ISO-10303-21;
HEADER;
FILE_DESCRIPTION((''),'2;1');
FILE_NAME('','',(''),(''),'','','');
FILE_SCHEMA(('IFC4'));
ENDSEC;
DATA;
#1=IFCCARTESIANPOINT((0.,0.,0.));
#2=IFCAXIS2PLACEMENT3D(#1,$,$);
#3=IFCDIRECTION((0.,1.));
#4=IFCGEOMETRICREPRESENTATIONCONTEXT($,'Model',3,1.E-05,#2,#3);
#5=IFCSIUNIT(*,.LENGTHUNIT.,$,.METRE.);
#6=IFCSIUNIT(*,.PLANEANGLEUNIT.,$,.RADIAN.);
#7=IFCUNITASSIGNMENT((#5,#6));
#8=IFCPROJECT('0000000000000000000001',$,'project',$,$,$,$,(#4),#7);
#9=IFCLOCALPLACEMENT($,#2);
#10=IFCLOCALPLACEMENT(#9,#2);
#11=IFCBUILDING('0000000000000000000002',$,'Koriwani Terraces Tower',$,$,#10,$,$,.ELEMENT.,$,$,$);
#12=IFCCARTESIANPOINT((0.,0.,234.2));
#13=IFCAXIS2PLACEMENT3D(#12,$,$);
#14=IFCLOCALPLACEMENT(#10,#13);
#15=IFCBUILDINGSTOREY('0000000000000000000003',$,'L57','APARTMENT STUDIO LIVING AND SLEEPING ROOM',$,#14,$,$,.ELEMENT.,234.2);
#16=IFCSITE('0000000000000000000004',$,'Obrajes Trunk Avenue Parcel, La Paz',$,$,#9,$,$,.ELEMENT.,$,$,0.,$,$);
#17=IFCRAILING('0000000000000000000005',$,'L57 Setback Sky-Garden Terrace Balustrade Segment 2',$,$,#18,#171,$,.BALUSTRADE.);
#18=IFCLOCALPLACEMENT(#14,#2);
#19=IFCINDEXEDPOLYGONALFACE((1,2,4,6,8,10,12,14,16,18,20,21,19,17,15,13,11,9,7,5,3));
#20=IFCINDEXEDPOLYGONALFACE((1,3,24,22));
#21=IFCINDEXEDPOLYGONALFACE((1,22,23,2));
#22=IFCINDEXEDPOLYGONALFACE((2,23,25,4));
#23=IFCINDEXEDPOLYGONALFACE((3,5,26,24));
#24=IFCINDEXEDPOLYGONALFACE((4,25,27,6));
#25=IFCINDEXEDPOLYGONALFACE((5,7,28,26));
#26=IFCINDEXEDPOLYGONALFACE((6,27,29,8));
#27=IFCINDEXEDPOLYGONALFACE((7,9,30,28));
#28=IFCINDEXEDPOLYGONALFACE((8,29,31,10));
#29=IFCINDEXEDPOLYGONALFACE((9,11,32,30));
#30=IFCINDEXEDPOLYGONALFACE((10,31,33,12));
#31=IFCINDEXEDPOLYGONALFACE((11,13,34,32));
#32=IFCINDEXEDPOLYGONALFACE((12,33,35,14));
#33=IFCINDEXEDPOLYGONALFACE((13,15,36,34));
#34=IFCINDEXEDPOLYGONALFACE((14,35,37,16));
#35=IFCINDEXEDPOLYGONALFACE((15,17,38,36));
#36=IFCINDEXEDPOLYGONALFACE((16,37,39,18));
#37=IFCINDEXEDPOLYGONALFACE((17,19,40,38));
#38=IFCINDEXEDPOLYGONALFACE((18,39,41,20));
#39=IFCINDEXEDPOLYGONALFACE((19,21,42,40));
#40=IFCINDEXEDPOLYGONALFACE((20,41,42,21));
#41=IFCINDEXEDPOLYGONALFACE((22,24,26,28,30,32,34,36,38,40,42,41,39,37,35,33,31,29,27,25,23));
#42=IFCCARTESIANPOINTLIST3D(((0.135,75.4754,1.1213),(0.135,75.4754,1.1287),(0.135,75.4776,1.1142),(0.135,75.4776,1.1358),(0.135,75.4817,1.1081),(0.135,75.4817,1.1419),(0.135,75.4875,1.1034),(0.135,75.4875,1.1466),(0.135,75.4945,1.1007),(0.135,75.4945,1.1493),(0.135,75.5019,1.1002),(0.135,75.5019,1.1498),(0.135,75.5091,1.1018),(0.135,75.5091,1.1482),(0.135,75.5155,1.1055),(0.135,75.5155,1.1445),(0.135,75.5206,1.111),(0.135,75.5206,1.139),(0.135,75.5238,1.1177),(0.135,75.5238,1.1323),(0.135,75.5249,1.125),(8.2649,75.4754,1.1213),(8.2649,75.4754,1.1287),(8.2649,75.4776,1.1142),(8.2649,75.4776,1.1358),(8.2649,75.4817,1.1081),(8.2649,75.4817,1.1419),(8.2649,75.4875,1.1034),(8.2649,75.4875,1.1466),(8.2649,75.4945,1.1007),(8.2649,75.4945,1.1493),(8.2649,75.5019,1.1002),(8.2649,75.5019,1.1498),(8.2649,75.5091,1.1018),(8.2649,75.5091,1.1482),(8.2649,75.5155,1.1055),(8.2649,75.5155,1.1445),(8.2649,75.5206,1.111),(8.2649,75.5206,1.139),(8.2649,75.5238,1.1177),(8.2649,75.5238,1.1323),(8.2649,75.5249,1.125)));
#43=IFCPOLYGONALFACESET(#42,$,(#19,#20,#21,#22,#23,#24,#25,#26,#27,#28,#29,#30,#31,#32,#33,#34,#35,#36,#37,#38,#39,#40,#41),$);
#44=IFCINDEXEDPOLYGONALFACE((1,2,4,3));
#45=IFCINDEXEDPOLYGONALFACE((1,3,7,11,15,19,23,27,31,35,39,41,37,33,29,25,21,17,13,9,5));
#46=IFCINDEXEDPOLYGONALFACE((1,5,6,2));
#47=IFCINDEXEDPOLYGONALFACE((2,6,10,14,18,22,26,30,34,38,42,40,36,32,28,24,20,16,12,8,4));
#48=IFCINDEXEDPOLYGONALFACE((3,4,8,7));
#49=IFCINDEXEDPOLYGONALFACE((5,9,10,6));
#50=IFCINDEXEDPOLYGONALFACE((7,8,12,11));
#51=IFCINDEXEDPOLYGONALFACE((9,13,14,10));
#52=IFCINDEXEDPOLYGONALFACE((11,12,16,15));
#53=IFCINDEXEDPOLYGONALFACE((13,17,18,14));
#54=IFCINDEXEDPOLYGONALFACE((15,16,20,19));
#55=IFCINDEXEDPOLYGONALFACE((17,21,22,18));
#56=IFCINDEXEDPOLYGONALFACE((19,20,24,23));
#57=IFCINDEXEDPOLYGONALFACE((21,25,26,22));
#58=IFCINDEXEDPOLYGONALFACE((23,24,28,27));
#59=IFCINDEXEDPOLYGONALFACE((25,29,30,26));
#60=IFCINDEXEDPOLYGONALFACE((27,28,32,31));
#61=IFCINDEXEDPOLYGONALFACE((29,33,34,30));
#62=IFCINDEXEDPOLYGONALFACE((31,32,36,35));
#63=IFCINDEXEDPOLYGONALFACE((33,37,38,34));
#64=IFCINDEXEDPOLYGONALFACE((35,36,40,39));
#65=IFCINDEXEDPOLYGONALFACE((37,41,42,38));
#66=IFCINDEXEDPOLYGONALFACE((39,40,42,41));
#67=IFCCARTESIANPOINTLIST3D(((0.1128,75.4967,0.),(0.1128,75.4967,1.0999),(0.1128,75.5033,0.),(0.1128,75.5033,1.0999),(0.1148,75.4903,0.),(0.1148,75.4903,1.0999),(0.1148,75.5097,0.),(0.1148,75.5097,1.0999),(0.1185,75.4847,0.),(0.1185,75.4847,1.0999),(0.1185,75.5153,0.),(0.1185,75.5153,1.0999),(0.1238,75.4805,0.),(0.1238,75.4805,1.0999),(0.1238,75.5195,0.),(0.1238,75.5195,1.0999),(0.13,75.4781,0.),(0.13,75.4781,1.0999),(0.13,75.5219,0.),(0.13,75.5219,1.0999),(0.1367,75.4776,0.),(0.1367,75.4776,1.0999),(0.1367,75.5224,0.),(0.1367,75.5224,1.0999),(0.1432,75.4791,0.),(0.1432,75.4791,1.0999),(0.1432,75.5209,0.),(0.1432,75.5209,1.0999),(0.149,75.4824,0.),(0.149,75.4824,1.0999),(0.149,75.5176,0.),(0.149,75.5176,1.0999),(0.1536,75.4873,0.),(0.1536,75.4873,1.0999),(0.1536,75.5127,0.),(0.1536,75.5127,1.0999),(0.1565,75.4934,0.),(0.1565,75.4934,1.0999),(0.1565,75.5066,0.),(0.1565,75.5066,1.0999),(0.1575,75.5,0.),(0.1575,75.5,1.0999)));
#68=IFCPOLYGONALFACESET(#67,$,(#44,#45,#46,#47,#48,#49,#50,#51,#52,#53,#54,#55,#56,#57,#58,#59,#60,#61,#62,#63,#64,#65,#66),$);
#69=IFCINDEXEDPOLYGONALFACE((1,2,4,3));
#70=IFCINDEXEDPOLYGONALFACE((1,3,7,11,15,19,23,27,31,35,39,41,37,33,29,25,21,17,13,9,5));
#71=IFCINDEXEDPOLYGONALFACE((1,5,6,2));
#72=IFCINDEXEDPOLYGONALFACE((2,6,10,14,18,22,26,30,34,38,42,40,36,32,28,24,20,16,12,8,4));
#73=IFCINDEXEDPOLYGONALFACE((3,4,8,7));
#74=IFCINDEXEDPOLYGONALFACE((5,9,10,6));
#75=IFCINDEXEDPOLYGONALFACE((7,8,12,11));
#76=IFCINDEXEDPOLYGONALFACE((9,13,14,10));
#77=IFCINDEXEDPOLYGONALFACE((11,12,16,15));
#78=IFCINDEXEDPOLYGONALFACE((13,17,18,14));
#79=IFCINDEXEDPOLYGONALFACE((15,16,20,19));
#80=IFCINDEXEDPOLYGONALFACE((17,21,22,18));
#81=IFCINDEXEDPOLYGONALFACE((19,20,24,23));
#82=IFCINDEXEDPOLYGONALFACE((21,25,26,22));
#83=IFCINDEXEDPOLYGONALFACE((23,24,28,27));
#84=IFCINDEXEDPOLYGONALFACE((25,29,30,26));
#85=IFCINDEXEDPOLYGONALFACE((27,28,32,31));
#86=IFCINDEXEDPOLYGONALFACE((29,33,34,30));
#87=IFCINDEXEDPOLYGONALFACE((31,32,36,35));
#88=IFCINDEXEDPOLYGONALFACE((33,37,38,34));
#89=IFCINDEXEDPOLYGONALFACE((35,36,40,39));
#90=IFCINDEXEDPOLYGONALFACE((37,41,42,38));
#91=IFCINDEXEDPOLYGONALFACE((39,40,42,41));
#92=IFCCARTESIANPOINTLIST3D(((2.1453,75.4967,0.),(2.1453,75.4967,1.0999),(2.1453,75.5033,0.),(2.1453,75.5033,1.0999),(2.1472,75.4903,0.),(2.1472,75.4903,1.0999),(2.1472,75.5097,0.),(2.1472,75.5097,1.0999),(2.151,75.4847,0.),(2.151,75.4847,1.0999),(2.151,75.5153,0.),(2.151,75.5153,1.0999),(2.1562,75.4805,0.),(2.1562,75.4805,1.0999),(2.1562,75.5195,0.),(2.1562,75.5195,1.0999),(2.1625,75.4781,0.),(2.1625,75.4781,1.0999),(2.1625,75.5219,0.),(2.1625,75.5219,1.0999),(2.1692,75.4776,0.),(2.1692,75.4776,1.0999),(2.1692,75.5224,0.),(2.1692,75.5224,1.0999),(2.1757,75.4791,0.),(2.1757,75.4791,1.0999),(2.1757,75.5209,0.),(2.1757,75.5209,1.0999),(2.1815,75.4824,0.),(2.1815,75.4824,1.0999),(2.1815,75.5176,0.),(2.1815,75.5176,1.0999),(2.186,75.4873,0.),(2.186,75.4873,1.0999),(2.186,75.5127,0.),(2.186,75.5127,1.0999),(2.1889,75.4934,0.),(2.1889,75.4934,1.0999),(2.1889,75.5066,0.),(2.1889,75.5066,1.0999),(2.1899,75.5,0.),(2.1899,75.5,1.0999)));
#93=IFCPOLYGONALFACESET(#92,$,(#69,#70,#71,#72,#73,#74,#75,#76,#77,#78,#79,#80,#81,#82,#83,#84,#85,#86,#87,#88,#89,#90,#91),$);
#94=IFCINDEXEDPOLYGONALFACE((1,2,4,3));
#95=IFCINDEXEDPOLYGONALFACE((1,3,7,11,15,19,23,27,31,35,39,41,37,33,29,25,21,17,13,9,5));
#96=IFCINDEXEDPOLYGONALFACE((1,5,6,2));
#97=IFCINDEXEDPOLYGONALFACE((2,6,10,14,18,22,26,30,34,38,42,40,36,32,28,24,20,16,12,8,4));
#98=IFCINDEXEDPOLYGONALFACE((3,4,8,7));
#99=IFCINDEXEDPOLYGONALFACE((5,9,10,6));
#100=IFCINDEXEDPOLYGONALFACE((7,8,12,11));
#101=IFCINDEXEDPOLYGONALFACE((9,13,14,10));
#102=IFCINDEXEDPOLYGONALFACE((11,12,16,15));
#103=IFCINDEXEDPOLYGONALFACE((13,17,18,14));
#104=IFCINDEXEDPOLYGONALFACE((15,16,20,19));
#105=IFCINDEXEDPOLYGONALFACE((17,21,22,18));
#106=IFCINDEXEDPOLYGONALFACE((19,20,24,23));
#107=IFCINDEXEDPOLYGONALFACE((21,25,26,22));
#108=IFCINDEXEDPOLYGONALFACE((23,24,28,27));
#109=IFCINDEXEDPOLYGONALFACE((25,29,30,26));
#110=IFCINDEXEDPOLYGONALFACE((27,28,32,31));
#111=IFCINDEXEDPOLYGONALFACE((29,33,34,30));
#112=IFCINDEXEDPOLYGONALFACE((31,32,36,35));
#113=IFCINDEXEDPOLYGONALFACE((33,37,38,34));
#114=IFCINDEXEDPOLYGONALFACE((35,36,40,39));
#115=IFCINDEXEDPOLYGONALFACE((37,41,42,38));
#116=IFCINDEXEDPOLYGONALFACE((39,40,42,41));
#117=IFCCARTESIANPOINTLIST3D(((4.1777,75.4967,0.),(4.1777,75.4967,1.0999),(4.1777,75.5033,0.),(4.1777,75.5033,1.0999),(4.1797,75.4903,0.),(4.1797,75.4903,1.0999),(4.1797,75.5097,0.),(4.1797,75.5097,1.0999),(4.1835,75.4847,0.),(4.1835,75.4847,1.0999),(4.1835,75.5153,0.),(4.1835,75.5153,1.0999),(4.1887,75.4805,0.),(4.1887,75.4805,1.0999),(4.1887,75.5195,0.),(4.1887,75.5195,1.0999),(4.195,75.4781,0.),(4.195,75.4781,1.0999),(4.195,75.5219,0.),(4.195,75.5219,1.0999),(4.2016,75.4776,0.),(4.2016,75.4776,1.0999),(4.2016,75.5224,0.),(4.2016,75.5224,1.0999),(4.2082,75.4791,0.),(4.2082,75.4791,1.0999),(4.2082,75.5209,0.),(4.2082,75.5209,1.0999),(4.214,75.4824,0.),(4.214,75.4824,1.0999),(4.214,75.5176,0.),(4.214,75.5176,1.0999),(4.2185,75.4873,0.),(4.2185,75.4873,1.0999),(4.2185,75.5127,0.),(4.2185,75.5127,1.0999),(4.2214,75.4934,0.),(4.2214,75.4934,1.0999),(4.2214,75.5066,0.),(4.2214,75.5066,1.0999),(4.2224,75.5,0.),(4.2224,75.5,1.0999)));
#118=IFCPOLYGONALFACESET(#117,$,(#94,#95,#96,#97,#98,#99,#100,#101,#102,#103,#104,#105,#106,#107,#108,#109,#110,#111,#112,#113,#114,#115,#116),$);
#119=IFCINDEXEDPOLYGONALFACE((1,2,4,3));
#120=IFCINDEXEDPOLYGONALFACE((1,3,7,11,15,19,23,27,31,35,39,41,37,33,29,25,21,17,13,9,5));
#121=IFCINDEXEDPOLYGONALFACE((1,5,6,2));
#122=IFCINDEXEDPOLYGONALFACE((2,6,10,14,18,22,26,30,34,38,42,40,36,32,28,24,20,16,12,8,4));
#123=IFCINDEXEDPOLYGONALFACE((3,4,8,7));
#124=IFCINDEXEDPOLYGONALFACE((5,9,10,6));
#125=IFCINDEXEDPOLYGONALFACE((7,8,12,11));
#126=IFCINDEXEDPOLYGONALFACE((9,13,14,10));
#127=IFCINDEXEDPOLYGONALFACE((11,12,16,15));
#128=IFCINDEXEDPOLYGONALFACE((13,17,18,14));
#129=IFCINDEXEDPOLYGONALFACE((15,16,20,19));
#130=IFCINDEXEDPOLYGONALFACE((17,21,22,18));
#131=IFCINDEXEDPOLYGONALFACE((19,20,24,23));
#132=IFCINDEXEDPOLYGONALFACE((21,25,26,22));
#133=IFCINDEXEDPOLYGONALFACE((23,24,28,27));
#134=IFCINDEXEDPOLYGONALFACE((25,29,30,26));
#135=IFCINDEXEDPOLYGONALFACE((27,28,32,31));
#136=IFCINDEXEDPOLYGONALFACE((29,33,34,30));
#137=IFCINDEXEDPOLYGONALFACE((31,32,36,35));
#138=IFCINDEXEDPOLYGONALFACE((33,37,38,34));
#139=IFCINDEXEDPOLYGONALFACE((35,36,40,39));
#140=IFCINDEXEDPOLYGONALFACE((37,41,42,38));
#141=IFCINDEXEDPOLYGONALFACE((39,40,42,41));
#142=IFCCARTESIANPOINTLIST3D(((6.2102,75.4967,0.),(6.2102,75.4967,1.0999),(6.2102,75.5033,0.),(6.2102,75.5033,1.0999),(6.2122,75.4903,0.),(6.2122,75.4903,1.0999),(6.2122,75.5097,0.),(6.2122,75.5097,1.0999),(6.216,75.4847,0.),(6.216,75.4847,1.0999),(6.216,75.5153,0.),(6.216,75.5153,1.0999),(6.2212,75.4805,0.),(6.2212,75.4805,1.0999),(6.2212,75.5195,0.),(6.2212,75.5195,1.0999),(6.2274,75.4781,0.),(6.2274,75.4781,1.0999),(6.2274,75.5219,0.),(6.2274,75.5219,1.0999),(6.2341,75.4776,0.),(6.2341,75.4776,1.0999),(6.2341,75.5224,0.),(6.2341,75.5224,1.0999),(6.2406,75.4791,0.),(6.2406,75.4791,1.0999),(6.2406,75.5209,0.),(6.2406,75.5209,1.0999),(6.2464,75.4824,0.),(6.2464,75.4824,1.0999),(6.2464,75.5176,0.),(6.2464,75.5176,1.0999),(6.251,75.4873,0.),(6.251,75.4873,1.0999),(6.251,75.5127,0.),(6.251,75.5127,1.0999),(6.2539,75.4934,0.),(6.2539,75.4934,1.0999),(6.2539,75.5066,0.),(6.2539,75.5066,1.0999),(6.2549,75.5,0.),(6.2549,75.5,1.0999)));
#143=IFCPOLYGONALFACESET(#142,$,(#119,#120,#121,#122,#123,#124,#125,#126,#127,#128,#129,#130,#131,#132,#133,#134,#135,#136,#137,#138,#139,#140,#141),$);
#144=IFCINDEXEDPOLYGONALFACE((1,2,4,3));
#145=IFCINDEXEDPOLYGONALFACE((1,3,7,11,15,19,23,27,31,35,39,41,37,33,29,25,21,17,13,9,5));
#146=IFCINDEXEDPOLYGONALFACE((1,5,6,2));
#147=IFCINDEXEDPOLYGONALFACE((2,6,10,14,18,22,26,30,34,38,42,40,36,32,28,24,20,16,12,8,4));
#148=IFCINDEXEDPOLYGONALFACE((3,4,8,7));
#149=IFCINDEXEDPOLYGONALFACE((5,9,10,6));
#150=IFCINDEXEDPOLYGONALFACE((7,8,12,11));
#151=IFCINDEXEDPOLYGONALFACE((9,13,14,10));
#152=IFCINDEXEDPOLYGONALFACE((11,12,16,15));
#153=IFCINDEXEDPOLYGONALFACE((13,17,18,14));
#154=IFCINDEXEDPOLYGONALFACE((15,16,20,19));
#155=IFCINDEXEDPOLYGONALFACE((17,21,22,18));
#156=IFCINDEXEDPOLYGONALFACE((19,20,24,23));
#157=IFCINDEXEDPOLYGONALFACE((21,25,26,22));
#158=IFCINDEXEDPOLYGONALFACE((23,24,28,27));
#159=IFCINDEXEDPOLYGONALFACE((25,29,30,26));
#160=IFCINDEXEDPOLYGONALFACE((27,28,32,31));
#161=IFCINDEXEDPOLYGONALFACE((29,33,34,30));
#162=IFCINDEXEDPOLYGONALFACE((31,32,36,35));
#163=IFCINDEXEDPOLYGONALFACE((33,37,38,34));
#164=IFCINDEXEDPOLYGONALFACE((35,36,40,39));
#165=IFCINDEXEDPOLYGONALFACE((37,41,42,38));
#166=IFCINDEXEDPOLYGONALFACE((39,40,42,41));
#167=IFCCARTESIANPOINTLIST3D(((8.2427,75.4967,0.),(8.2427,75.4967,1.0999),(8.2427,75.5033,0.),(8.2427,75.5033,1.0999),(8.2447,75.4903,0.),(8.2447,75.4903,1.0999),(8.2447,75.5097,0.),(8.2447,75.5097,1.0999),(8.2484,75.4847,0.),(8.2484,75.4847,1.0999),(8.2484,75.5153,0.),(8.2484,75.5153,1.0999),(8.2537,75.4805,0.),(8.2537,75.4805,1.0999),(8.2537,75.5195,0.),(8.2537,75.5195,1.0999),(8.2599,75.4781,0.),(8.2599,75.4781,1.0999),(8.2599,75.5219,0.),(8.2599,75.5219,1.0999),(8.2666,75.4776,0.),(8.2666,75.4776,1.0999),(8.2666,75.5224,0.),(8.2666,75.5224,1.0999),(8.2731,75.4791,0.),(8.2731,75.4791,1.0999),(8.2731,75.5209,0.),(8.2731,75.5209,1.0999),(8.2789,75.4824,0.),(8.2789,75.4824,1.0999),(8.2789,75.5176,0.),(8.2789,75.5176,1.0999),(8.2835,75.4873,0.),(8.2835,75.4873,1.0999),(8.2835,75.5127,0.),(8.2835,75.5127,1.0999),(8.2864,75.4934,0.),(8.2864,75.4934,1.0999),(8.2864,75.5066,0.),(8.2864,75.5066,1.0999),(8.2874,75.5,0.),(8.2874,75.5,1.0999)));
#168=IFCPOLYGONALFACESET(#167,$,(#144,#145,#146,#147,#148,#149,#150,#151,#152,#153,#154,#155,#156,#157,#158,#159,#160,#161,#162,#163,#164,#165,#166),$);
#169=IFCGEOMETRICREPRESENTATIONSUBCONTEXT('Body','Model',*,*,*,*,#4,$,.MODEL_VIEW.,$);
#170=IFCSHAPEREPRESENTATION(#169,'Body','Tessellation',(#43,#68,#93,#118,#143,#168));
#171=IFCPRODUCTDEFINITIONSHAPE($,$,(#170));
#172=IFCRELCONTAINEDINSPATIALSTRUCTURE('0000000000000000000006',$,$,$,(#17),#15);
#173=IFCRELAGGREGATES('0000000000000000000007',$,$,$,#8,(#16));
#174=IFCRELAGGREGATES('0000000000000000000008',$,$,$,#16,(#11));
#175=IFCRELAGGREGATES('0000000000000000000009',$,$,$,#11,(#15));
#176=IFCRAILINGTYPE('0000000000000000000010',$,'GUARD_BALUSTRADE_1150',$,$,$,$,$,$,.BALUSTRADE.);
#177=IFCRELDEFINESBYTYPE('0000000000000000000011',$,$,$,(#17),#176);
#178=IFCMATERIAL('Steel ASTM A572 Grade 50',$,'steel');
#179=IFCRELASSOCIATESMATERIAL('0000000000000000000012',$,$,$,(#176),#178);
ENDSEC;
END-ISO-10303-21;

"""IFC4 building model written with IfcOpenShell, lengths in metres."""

from ifc_helpers import new_model, si_unit, direction, frame, origin, origin_2d, place, context, subcontext, project, spatial, circle, extrude, material, type_object, element, save


model = new_model("IFC4")

# Units and contexts
model_context = context("Model", 3, precision=1e-05, world=origin(), true_north=direction((0.0, 1.0)))
body_context = subcontext(model_context, "Body", "Model", "MODEL_VIEW")
ifc_project = project(units=[si_unit("LENGTHUNIT", "METRE"), si_unit("PLANEANGLEUNIT", "RADIAN")], contexts=[model_context])

# Site, building, storey
site_placement = place(None, origin())
site = spatial("IfcSite", under=ifc_project, at=site_placement, Name="Obrajes Trunk Avenue Parcel, La Paz", CompositionType="ELEMENT", RefElevation=0.0)
building_placement = place(site_placement, origin())
building = spatial("IfcBuilding", under=site, at=building_placement, Name="Koriwani Terraces Tower", CompositionType="ELEMENT")
storey_placement = place(building_placement, frame((0.0, 0.0, 234.2)))
storey = spatial("IfcBuildingStorey", under=building, at=storey_placement, Name="L57", Description="APARTMENT STUDIO LIVING AND SLEEPING ROOM", CompositionType="ELEMENT", Elevation=234.2)

# Shared definitions
ifc_material_1 = material(Name="Steel ASTM A572 Grade 50", Category="steel")

# Railing
railing_type = type_object("IfcRailingType", Name="GUARD_BALUSTRADE_1150", PredefinedType="BALUSTRADE", material=ifc_material_1)
railing_1_placement = place(storey_placement, frame((0.135, 75.5, 0.0)))
element("IfcRailing", 1, at=railing_1_placement, inside=storey, type_object=railing_type, Name="L57 Setback Sky-Garden Terrace Balustrade Segment 2", PredefinedType="BALUSTRADE", context=body_context, shape_type="SweptSolid", body=[
    extrude(circle(Radius=0.0249, at=origin_2d()), frame((0.0, 0.0, 1.125), z_axis=(1.0, 0.0, 0.0), x_axis=(0.0, 1.0, 0.0)), (0.0, 0.0, 1.0), 8.1299),
    extrude(circle(Radius=0.0225, at=origin_2d()), origin(), (0.0, 0.0, 1.0), 1.0999),
    extrude(circle(Radius=0.0225, at=origin_2d()), frame((2.0325, 0.0, 0.0)), (0.0, 0.0, 1.0), 1.0999),
    extrude(circle(Radius=0.0225, at=origin_2d()), frame((4.0649, 0.0, 0.0)), (0.0, 0.0, 1.0), 1.0999),
    extrude(circle(Radius=0.0225, at=origin_2d()), frame((6.0974, 0.0, 0.0)), (0.0, 0.0, 1.0), 1.0999),
    extrude(circle(Radius=0.0225, at=origin_2d()), frame((8.1299, 0.0, 0.0)), (0.0, 0.0, 1.0), 1.0999),
])

save(model, "model.ifc")
